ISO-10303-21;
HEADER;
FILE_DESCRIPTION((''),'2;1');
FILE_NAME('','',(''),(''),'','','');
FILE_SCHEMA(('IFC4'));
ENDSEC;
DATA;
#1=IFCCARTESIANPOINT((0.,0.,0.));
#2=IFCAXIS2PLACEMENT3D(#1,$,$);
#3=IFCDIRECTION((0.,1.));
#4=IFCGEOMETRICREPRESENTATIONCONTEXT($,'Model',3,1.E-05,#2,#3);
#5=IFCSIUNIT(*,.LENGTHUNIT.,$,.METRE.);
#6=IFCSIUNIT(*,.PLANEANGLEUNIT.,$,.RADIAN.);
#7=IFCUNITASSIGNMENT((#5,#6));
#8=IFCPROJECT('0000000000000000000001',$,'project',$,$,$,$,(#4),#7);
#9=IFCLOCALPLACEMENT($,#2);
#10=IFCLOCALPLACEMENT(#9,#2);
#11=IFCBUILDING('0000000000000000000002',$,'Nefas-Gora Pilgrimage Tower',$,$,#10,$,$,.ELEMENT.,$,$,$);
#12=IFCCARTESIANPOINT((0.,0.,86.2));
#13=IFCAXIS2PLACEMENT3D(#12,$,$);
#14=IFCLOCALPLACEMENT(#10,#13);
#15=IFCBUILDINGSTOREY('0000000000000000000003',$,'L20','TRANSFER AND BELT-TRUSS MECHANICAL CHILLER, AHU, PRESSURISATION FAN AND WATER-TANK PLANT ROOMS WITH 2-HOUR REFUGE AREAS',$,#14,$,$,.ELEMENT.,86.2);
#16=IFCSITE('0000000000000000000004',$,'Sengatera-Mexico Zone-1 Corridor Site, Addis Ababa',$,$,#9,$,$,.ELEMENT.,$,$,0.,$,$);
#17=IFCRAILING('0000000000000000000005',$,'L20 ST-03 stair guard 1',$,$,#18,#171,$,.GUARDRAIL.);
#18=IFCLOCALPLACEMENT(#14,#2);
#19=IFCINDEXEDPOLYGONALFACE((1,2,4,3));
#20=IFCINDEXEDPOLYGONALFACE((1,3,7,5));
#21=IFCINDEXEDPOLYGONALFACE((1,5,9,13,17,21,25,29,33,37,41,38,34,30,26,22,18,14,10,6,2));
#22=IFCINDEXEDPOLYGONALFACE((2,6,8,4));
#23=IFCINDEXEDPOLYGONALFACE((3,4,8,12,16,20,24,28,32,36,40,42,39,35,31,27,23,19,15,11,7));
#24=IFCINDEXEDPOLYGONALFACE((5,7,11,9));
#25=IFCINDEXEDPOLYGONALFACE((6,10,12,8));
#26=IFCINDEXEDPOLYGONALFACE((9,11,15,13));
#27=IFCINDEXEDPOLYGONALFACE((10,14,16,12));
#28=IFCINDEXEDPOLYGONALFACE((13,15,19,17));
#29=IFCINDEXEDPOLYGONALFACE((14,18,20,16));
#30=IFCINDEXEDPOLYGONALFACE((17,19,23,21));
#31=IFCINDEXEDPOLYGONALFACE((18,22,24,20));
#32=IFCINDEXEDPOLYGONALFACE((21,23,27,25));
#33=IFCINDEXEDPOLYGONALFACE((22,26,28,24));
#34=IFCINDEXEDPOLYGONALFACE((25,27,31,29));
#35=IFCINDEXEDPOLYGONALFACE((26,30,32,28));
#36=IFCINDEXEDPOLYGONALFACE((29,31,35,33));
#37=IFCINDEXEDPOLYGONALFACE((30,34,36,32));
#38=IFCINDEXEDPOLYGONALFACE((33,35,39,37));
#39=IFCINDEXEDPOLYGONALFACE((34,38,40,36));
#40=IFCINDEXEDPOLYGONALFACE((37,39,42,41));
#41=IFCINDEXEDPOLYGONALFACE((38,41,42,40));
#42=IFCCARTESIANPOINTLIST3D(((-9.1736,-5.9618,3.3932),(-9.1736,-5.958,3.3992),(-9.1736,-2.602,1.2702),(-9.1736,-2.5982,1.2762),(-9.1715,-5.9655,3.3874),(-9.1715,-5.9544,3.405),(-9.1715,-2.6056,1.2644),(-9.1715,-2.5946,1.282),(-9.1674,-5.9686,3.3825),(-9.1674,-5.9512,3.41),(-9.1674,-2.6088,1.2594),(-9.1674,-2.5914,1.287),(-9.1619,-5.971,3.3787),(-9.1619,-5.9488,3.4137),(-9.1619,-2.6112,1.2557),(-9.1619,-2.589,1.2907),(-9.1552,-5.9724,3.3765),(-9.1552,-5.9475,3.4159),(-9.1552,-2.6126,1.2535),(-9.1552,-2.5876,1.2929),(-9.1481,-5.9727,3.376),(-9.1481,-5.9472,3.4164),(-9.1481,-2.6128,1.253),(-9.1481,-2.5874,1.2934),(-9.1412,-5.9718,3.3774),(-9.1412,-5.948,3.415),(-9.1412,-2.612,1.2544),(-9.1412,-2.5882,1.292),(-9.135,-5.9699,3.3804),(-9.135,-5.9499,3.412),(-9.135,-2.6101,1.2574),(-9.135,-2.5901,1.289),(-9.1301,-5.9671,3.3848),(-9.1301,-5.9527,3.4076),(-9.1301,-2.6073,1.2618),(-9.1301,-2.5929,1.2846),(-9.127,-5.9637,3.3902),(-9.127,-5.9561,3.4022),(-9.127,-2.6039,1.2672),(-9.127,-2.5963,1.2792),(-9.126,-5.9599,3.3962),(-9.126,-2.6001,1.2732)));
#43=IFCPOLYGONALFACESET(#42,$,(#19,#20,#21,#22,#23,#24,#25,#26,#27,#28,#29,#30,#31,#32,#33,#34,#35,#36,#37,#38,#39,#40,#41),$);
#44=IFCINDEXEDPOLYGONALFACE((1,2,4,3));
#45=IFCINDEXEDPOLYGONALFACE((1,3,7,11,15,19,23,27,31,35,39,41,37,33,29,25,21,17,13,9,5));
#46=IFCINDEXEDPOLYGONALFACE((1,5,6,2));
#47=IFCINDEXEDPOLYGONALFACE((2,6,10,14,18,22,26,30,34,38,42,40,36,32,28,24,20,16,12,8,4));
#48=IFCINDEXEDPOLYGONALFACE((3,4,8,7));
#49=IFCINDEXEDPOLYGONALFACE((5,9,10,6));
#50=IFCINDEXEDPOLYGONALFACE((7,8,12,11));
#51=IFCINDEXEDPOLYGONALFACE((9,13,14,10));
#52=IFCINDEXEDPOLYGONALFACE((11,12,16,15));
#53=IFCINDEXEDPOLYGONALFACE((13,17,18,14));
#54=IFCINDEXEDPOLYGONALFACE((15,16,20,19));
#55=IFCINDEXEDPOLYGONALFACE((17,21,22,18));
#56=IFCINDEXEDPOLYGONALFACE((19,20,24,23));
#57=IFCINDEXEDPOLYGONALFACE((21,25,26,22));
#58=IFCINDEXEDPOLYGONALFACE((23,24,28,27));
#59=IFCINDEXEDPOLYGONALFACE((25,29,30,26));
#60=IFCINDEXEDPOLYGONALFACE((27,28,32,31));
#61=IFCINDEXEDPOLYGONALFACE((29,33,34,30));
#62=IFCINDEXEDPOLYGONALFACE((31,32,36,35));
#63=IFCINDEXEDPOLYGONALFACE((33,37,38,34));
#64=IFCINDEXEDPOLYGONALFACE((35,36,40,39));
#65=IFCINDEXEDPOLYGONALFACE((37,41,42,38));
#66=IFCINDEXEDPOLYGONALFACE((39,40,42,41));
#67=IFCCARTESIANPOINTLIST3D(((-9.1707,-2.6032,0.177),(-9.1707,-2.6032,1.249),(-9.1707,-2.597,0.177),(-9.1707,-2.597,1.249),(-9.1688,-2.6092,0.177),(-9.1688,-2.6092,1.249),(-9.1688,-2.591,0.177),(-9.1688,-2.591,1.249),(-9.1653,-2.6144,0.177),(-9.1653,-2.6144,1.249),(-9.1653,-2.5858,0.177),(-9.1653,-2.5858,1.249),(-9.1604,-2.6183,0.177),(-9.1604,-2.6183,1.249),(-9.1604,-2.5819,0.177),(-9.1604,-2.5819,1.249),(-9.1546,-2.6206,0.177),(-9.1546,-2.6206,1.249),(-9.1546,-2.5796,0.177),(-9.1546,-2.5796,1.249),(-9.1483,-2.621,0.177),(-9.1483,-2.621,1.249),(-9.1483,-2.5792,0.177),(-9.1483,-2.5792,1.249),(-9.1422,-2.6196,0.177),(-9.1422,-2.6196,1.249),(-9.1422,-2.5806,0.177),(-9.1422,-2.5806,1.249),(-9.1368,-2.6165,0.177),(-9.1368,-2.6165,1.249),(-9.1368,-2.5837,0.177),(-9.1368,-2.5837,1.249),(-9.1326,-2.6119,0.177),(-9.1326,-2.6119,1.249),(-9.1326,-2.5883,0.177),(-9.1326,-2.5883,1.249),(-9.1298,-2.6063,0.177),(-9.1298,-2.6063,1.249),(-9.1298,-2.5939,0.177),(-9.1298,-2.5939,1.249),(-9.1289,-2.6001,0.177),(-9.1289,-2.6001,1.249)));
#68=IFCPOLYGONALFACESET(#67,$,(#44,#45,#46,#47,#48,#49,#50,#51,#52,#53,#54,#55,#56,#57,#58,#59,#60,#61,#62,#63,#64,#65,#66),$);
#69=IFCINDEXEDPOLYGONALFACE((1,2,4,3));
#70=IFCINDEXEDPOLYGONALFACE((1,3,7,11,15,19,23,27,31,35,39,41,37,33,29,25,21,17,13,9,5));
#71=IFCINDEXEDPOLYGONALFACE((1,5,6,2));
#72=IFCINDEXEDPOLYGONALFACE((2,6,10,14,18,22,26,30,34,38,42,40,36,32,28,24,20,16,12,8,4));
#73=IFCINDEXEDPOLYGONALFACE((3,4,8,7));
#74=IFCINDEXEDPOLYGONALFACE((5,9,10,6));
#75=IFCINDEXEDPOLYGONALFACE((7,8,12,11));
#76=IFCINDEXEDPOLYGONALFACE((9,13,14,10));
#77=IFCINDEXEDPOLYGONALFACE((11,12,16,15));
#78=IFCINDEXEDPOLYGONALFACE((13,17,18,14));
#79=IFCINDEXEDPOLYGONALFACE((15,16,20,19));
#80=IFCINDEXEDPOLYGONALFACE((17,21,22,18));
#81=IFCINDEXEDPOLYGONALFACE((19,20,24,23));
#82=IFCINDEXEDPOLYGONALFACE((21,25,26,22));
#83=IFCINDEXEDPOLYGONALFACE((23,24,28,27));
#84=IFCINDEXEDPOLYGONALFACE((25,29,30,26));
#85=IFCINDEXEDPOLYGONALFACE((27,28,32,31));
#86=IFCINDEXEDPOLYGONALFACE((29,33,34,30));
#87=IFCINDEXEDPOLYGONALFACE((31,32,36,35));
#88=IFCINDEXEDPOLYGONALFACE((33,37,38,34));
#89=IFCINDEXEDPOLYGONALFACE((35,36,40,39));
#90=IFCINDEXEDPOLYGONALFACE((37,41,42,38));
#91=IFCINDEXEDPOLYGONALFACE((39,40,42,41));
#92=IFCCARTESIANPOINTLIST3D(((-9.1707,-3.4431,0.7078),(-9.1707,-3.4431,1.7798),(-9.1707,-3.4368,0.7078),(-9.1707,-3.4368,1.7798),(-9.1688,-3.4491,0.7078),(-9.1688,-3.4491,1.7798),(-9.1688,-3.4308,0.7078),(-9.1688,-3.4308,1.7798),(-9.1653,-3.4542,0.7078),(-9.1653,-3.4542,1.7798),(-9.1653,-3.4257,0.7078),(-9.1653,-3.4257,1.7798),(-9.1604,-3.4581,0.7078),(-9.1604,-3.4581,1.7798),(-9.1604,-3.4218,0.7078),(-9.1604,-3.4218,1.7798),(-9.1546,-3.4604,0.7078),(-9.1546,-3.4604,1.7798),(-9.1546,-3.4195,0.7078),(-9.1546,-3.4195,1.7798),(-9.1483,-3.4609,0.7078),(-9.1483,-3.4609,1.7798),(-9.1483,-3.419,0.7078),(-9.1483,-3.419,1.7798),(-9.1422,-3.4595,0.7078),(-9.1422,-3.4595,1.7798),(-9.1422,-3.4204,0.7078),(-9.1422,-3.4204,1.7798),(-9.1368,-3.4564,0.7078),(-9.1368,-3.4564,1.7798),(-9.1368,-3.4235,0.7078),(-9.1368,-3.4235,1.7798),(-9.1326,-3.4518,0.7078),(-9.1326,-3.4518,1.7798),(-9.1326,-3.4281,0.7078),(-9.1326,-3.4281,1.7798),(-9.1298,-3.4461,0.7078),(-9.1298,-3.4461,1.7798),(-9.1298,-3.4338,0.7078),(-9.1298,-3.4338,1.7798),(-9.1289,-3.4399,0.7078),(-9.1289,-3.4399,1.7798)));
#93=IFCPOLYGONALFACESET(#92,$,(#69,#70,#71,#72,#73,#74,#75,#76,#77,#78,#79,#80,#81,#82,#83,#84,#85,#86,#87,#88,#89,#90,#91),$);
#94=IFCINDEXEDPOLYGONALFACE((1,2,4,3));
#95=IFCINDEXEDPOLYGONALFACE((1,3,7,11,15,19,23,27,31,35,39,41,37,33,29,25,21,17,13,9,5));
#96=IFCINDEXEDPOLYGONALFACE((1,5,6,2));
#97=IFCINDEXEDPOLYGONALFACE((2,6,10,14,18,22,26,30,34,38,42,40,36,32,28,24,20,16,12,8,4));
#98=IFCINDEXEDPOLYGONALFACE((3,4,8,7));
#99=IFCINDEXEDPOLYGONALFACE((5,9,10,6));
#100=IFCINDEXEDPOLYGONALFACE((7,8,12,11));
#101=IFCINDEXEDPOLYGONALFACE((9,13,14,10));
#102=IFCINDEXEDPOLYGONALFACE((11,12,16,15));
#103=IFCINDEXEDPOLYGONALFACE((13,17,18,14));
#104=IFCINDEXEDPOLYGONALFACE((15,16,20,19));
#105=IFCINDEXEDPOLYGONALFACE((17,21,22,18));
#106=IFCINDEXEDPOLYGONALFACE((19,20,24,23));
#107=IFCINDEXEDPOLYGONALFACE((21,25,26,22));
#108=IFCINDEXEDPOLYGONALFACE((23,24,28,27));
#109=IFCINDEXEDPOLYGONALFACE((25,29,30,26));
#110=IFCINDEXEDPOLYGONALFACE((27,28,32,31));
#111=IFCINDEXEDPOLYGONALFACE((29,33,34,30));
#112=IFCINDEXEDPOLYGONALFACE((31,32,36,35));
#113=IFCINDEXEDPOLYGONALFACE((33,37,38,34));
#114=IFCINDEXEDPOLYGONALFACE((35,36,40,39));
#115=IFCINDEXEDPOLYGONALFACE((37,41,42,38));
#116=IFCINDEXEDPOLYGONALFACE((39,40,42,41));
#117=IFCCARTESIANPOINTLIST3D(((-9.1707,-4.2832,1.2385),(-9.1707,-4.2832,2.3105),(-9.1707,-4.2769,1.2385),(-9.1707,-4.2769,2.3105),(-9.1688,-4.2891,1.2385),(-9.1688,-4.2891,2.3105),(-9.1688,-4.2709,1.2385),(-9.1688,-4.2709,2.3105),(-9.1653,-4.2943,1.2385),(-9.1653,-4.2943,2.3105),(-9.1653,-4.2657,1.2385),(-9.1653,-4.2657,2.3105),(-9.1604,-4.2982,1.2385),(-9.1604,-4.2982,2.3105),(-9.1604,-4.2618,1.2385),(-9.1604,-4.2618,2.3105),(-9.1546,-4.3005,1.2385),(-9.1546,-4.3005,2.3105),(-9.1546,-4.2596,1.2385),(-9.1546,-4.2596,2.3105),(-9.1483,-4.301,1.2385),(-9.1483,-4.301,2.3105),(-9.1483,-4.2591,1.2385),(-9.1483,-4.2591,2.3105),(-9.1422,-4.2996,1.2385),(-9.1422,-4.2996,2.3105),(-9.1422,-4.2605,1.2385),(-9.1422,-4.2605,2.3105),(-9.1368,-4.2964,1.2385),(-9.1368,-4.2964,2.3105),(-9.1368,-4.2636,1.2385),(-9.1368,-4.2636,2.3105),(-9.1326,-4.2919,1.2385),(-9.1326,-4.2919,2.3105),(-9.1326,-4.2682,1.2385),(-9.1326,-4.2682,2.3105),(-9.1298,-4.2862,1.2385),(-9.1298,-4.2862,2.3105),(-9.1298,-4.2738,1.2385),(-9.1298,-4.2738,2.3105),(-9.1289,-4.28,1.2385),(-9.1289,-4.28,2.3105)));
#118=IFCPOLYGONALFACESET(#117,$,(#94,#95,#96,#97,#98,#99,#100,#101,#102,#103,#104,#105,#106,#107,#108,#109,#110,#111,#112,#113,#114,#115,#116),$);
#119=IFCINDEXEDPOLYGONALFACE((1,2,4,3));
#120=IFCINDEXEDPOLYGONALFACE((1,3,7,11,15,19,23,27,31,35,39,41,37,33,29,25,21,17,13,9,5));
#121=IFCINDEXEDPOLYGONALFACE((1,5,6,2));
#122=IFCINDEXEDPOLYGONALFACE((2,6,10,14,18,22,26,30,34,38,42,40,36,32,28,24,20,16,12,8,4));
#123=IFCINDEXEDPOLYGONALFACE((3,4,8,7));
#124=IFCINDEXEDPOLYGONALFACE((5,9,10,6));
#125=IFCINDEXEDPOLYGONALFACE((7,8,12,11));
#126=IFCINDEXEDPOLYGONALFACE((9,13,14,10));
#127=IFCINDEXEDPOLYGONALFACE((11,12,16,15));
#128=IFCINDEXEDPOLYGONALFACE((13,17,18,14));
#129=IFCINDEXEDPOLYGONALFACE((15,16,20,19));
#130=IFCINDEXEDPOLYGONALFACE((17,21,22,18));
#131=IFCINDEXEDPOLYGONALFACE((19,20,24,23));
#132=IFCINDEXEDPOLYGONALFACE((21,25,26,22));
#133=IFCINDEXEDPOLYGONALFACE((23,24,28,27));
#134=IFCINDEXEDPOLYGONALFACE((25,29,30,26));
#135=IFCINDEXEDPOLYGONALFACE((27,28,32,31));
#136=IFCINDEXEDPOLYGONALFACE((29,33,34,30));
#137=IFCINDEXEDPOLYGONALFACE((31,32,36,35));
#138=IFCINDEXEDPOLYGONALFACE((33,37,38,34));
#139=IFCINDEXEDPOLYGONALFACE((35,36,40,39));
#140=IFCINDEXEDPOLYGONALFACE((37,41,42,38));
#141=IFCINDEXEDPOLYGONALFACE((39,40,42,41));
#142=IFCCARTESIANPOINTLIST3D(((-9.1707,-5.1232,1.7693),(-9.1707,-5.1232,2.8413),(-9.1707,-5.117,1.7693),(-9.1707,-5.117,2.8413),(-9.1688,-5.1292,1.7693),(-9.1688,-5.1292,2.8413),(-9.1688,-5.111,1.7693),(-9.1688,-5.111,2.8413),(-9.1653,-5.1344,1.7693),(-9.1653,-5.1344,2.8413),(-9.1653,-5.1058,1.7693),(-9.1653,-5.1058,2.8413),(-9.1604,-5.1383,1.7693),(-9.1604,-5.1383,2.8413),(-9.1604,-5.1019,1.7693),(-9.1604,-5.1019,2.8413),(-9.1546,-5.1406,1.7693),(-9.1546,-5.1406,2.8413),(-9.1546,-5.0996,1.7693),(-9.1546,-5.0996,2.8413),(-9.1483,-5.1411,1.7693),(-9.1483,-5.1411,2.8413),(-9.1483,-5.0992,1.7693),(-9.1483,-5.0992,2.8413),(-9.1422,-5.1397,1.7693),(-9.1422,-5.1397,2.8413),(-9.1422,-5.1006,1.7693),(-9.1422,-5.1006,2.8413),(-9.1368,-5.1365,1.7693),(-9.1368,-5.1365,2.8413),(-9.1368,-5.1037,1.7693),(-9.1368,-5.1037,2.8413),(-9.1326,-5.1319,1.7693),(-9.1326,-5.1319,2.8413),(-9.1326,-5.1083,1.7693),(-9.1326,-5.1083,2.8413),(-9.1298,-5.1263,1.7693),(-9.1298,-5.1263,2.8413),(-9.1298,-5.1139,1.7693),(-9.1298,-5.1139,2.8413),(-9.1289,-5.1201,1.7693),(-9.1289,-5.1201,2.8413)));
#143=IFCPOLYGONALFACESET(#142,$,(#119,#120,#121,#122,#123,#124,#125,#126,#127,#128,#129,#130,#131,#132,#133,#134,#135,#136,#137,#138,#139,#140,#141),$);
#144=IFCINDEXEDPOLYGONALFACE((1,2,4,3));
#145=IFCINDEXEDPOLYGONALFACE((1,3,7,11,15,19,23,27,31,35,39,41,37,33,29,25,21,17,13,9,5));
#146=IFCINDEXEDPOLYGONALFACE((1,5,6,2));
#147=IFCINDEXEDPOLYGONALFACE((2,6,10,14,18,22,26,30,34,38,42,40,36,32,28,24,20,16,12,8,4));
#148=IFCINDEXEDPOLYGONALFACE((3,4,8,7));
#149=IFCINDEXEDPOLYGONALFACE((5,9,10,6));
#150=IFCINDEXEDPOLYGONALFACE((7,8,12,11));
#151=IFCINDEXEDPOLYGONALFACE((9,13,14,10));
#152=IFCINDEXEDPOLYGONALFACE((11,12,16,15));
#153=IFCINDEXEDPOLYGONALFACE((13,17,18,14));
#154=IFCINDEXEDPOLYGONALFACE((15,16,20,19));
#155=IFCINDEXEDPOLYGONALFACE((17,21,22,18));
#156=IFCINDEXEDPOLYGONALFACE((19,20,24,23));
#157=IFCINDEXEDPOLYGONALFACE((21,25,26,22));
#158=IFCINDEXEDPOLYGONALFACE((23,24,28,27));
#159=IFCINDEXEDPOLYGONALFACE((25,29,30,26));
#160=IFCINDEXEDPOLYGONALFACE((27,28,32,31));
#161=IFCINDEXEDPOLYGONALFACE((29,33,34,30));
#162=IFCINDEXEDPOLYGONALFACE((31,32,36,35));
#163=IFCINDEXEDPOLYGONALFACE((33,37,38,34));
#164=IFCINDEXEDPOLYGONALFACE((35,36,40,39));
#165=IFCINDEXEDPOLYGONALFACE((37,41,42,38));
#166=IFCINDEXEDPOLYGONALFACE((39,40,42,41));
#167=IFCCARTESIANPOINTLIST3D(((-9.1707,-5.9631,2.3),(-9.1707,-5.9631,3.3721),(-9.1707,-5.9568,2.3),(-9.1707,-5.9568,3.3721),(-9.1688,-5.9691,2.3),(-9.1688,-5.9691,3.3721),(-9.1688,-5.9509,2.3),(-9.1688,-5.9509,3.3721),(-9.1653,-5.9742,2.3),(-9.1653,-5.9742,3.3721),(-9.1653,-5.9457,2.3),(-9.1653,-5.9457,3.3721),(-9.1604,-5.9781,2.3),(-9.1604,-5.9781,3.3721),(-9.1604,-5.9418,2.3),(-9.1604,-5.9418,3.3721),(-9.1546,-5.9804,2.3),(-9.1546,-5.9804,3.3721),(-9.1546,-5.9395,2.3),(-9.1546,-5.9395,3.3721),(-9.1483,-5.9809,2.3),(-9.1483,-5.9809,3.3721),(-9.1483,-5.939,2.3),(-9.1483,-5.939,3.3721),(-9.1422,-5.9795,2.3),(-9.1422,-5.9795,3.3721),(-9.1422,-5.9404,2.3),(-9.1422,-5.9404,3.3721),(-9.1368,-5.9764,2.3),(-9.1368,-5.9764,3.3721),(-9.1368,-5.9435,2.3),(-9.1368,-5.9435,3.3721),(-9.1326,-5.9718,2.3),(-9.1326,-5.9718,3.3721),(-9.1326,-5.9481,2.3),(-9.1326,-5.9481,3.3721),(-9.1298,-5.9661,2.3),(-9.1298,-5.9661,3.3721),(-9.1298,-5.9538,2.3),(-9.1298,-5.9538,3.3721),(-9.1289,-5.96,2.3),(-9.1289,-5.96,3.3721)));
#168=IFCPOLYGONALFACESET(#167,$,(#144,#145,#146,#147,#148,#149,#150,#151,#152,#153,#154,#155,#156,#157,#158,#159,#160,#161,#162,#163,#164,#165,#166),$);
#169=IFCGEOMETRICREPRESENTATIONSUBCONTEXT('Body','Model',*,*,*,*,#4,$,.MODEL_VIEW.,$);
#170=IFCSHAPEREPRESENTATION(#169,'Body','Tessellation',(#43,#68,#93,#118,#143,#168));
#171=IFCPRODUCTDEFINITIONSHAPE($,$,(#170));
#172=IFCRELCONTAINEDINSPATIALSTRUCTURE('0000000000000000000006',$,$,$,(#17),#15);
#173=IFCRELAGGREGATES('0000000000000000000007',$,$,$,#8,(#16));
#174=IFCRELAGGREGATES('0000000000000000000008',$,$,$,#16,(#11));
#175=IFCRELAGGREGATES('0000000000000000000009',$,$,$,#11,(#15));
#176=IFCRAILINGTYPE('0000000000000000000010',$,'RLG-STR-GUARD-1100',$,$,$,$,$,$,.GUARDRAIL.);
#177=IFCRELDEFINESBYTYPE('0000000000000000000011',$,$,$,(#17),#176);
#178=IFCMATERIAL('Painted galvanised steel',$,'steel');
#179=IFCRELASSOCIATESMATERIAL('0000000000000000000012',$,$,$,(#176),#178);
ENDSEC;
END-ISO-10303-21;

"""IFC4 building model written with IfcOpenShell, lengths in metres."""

from ifc_helpers import new_model, si_unit, direction, frame, origin, origin_2d, place, context, subcontext, project, spatial, circle, extrude, material, type_object, element, save


model = new_model("IFC4")

# Units and contexts
model_context = context("Model", 3, precision=1e-05, world=origin(), true_north=direction((0.0, 1.0)))
body_context = subcontext(model_context, "Body", "Model", "MODEL_VIEW")
ifc_project = project(units=[si_unit("LENGTHUNIT", "METRE"), si_unit("PLANEANGLEUNIT", "RADIAN")], contexts=[model_context])

# Site, building, storey
site_placement = place(None, origin())
site = spatial("IfcSite", under=ifc_project, at=site_placement, Name="Sengatera-Mexico Zone-1 Corridor Site, Addis Ababa", CompositionType="ELEMENT", RefElevation=0.0)
building_placement = place(site_placement, origin())
building = spatial("IfcBuilding", under=site, at=building_placement, Name="Nefas-Gora Pilgrimage Tower", CompositionType="ELEMENT")
storey_placement = place(building_placement, frame((0.0, 0.0, 86.2)))
storey = spatial("IfcBuildingStorey", under=building, at=storey_placement, Name="L20", Description="TRANSFER AND BELT-TRUSS MECHANICAL CHILLER, AHU, PRESSURISATION FAN AND WATER-TANK PLANT ROOMS WITH 2-HOUR REFUGE AREAS", CompositionType="ELEMENT", Elevation=86.2)

# Railing
ifc_material_1 = material(Name="Painted galvanised steel", Category="steel")
railing_type_1 = type_object("IfcRailingType", Name="RLG-STR-GUARD-1100", PredefinedType="GUARDRAIL", material=ifc_material_1)
railing_1_placement = place(storey_placement, frame((-9.1499, -2.6001, 0.177)))
element("IfcRailing", 1, at=railing_1_placement, inside=storey, type_object=railing_type_1, Name="L20 ST-03 stair guard 1", PredefinedType="GUARDRAIL", context=body_context, shape_type="SweptSolid", body=[
    extrude(circle(Radius=0.0239, at=origin_2d()), frame((0.0, 0.0, 1.0962), z_axis=(0.0, -0.845372, 0.534178), x_axis=(1.0, 0.0, 0.0)), (0.0, 0.0, 1.0), 3.9744),
    extrude(circle(Radius=0.021, at=origin_2d()), origin(), (0.0, 0.0, 1.0), 1.072),
    extrude(circle(Radius=0.021, at=origin_2d()), frame((0.0, -0.8398, 0.5308)), (0.0, 0.0, 1.0), 1.072),
    extrude(circle(Radius=0.021, at=origin_2d()), frame((0.0, -1.6799, 1.0615)), (0.0, 0.0, 1.0), 1.072),
    extrude(circle(Radius=0.021, at=origin_2d()), frame((0.0, -2.52, 1.5923)), (0.0, 0.0, 1.0), 1.072),
    extrude(circle(Radius=0.021, at=origin_2d()), frame((0.0, -3.3599, 2.123)), (0.0, 0.0, 1.0), 1.072),
])

save(model, "model.ifc")
